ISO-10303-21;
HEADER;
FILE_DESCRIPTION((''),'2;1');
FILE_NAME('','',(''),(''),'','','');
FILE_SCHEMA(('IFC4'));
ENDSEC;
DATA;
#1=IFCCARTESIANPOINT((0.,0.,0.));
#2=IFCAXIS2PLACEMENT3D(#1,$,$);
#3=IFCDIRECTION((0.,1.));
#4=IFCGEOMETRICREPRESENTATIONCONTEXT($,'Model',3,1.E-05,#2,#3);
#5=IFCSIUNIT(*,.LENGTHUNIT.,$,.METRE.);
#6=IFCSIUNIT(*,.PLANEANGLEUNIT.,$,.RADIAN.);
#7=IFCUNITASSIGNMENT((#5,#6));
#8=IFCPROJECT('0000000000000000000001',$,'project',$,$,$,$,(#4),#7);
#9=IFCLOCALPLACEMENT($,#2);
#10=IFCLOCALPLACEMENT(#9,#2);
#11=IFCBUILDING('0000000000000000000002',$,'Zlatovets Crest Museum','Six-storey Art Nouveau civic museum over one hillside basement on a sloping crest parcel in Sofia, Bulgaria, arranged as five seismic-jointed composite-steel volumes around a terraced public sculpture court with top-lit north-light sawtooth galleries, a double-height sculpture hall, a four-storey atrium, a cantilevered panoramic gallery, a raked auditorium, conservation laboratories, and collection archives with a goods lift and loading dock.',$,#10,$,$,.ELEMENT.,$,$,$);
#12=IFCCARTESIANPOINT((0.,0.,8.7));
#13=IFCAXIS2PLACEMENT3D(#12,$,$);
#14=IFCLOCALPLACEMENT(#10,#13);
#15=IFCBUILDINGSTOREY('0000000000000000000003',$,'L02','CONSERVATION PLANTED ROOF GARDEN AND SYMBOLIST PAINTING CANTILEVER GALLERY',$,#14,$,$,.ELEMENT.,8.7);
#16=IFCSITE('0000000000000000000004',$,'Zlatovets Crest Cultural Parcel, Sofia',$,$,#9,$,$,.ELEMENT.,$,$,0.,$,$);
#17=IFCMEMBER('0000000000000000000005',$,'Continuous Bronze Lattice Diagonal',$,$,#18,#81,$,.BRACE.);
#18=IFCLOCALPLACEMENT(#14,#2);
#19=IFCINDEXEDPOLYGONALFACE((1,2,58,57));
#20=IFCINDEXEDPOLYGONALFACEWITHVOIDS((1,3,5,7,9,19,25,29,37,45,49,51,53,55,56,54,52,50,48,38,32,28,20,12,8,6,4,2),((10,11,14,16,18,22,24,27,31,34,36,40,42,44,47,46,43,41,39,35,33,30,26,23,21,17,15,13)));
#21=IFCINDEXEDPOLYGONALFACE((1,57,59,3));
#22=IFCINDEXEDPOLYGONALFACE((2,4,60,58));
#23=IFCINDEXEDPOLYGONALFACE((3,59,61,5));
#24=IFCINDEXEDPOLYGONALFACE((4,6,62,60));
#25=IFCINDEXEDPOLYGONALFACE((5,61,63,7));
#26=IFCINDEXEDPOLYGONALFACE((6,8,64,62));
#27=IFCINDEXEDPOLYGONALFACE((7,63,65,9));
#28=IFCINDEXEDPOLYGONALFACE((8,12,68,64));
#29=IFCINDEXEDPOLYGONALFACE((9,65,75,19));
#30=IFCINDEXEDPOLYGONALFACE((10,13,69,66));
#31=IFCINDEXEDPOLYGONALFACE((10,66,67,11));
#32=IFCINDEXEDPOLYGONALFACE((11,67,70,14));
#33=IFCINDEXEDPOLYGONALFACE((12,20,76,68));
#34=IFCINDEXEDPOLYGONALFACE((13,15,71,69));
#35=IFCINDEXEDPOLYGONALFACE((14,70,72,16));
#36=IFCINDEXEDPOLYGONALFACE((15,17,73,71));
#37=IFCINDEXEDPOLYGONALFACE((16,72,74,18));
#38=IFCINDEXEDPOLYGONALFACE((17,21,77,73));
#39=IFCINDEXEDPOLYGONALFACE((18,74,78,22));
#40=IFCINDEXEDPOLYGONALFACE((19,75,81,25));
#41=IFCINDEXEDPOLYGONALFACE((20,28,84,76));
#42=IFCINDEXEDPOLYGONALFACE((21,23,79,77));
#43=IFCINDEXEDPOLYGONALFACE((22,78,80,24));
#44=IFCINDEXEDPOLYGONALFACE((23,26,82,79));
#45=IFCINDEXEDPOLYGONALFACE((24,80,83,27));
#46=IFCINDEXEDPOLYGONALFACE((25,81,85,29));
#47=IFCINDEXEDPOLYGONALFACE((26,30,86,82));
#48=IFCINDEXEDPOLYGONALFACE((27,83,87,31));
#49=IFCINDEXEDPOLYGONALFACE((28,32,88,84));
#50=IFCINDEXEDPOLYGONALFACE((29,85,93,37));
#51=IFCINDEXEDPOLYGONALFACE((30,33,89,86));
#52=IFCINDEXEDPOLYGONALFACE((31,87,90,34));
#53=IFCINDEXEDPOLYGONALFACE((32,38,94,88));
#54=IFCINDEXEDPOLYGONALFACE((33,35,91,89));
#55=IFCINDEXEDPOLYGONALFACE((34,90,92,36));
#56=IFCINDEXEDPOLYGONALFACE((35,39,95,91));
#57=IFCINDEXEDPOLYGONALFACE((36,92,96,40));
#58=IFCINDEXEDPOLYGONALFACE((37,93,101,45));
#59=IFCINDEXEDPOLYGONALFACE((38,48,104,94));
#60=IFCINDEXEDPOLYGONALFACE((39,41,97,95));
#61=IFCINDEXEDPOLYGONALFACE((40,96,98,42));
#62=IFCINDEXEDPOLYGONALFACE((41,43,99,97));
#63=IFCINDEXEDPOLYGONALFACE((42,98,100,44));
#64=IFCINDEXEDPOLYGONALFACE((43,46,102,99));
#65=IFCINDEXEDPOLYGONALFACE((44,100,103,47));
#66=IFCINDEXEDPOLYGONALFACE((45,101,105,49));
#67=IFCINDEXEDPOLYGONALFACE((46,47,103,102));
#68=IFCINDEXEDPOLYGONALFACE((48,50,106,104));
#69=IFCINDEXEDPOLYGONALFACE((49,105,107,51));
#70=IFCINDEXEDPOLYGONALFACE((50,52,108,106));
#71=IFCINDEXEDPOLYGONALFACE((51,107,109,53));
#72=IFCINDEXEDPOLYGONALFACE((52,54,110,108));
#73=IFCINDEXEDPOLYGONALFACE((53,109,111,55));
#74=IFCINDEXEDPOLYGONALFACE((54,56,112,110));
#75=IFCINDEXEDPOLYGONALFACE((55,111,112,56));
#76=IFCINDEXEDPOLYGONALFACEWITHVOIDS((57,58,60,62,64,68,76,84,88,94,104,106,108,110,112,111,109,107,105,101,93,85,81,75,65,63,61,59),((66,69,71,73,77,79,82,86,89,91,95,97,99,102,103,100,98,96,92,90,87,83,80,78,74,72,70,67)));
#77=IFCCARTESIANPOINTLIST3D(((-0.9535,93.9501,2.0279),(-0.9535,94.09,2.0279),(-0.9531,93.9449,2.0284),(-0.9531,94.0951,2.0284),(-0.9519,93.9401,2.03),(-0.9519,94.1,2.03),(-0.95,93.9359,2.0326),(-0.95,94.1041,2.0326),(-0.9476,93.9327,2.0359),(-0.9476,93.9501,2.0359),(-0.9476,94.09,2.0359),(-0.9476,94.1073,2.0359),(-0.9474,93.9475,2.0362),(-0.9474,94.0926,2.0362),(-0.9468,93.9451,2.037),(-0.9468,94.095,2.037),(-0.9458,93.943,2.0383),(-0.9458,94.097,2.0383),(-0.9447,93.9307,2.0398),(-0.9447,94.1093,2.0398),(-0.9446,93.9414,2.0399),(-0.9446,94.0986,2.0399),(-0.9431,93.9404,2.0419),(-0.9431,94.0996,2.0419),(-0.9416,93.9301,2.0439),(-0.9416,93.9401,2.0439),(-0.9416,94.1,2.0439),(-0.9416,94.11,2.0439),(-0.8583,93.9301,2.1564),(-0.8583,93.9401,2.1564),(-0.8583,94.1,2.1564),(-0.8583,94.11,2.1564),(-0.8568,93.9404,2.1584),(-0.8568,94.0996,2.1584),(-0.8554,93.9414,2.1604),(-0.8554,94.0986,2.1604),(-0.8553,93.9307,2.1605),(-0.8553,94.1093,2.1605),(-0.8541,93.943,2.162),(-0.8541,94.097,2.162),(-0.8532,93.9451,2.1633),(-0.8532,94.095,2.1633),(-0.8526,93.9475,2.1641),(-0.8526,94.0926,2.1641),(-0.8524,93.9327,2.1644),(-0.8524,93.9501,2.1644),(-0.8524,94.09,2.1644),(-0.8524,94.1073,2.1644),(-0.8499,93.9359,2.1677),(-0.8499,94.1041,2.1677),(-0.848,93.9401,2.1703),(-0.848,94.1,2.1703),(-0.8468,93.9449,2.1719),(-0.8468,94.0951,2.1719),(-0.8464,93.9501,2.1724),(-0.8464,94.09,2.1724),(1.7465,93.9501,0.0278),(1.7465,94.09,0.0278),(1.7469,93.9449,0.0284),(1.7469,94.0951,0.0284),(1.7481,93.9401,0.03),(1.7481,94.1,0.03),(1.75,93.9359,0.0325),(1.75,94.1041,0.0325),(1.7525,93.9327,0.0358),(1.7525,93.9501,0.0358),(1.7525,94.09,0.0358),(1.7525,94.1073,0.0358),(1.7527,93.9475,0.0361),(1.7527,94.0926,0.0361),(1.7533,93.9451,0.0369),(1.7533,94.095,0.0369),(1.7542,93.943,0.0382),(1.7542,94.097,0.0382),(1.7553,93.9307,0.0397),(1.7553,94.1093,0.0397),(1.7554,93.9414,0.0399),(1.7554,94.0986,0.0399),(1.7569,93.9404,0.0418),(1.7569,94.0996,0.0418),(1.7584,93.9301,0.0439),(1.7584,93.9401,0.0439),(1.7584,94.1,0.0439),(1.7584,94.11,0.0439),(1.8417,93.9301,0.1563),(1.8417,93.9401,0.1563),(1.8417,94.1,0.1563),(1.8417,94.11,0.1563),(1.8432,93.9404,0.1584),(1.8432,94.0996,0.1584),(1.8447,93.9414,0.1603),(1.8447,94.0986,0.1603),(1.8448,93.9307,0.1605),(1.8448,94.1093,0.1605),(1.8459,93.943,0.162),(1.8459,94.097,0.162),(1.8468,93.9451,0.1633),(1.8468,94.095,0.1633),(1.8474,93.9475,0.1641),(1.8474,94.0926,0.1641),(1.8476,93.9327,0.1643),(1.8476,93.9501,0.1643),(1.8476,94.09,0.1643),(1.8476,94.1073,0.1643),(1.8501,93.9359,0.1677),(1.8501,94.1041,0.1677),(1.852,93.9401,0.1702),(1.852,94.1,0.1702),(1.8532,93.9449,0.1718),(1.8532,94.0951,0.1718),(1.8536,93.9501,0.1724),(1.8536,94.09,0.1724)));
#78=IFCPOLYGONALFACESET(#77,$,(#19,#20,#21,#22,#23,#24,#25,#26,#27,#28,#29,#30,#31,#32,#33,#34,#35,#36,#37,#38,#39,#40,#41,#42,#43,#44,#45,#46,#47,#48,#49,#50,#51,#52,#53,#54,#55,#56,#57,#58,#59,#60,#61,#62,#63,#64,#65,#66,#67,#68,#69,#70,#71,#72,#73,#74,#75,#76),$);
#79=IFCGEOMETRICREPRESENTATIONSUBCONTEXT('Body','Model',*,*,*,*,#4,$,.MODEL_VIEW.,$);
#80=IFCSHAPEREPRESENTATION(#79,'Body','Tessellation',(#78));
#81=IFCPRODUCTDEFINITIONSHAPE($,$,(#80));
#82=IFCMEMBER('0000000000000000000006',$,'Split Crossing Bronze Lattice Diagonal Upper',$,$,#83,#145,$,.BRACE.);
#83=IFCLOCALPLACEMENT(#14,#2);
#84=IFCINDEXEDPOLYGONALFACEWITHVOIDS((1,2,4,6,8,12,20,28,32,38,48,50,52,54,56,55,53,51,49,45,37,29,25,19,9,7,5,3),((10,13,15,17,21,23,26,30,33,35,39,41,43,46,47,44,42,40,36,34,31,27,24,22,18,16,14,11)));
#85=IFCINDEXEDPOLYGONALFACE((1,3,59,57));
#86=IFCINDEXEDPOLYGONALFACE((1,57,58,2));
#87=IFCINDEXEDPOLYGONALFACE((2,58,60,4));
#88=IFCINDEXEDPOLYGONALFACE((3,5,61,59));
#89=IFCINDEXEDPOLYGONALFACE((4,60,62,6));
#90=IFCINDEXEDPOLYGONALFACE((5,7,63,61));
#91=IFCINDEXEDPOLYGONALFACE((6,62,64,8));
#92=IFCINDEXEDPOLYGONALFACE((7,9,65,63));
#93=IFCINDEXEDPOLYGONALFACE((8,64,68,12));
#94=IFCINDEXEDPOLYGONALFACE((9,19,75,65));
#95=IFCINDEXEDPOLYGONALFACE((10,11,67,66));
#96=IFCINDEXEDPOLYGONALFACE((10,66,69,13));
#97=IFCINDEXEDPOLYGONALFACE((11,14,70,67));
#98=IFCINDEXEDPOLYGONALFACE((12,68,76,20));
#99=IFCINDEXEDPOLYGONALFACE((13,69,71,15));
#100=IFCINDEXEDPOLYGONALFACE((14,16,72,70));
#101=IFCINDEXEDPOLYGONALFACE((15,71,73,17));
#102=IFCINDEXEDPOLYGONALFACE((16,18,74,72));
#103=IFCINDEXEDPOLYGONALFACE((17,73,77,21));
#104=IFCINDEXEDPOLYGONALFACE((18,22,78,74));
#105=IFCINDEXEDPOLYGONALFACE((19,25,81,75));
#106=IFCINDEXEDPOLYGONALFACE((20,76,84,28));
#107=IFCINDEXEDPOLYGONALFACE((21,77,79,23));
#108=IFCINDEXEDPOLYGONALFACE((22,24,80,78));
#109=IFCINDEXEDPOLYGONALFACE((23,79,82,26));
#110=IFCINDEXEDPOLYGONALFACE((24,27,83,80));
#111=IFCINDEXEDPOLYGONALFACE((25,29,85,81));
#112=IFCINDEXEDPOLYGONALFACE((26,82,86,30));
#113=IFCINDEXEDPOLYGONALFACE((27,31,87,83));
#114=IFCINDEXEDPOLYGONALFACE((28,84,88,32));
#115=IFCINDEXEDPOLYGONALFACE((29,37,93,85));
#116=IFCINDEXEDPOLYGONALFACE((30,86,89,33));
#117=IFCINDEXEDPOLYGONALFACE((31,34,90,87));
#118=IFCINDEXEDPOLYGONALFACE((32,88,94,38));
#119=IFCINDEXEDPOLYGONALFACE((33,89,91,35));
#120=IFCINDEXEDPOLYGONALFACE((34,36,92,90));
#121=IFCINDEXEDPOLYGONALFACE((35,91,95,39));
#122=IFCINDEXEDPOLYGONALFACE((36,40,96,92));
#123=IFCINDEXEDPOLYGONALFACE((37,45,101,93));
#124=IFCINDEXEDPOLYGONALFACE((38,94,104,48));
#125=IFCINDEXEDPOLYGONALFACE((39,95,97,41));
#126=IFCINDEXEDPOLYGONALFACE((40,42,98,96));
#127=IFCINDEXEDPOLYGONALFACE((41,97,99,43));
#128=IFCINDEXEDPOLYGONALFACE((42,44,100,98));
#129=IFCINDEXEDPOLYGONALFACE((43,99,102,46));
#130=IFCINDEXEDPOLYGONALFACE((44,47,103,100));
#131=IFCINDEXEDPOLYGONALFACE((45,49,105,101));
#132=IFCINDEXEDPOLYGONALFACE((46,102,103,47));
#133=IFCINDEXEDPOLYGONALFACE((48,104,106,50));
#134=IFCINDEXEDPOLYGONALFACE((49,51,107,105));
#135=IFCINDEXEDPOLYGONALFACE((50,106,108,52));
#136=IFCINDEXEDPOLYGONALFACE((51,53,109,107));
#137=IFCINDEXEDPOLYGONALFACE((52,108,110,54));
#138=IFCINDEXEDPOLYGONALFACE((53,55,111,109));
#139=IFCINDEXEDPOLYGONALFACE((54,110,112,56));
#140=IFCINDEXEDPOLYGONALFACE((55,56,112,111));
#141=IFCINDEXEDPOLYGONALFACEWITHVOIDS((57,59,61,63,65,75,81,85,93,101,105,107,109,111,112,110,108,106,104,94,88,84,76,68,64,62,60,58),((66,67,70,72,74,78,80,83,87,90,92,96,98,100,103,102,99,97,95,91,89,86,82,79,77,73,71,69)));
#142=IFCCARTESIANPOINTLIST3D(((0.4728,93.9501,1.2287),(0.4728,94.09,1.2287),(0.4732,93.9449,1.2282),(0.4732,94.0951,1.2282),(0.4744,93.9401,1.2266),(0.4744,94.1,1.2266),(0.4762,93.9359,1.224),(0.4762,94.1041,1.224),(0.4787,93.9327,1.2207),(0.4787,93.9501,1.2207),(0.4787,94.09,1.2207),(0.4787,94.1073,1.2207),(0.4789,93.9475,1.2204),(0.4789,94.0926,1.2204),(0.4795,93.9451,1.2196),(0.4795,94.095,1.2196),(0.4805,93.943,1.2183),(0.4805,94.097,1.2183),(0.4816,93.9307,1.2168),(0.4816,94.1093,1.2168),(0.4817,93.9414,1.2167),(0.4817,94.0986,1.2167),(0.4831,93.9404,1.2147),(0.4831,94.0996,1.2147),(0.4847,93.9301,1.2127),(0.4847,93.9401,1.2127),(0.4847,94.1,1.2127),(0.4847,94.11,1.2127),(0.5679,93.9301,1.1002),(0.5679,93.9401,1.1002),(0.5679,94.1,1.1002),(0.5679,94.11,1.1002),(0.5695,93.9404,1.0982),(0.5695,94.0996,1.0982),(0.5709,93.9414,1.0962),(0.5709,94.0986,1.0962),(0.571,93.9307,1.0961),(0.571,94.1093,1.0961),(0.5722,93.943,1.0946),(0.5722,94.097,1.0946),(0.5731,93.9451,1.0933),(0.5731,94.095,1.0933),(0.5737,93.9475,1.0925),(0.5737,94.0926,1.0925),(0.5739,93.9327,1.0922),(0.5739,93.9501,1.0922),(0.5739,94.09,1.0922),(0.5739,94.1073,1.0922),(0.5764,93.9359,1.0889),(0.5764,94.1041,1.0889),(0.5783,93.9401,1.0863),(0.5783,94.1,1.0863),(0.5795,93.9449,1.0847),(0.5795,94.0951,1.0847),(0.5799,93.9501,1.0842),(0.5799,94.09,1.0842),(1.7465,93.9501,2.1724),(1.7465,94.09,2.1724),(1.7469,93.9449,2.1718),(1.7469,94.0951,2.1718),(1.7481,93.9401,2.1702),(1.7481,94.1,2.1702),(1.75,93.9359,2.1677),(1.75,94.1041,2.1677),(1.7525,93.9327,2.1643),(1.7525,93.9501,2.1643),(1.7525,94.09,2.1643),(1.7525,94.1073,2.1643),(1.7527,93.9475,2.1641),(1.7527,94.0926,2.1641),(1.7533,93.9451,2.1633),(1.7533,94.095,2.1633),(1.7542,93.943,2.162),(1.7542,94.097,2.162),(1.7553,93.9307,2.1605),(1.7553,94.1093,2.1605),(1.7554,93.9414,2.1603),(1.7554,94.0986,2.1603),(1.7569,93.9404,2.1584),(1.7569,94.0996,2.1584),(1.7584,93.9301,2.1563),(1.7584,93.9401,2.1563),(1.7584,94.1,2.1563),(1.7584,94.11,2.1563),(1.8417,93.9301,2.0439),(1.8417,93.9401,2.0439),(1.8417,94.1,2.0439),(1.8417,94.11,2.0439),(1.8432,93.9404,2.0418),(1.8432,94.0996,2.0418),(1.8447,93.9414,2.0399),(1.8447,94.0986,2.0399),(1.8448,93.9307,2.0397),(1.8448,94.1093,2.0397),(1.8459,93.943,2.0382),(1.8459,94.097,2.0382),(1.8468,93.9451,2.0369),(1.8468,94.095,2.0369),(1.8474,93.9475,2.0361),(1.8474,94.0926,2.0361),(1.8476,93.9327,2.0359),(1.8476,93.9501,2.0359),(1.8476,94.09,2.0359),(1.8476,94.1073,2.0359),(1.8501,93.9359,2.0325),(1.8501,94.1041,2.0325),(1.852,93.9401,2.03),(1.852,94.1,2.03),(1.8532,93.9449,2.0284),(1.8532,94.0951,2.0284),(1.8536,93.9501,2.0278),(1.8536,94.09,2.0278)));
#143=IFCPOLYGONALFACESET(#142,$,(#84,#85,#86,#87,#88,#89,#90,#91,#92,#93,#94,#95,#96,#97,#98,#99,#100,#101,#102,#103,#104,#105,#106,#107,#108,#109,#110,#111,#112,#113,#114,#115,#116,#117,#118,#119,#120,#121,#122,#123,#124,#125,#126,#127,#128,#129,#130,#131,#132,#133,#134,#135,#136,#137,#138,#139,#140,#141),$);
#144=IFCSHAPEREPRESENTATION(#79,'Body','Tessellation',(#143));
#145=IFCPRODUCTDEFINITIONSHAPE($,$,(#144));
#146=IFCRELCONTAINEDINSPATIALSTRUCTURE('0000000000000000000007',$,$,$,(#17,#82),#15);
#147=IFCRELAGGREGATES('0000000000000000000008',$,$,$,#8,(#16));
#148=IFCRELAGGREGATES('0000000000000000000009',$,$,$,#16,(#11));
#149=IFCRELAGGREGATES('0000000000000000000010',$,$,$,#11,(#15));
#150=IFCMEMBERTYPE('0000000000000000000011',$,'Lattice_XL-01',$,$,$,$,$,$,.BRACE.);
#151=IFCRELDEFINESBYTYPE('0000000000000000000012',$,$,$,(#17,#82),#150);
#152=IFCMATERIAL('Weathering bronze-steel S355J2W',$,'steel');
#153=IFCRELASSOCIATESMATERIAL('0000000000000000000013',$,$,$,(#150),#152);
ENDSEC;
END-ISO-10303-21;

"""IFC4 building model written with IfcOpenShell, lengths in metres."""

from ifc_helpers import new_model, si_unit, direction, frame, origin, origin_2d, place, context, subcontext, project, spatial, hollow_rectangle, extrude, material, material_profile, profile_set, type_object, element, save


model = new_model("IFC4")

# Units and contexts
model_context = context("Model", 3, precision=1e-05, world=origin(), true_north=direction((0.0, 1.0)))
body_context = subcontext(model_context, "Body", "Model", "MODEL_VIEW")
ifc_project = project(units=[si_unit("LENGTHUNIT", "METRE"), si_unit("PLANEANGLEUNIT", "RADIAN")], contexts=[model_context])

# Site, building, storey
site_placement = place(None, origin())
site = spatial("IfcSite", under=ifc_project, at=site_placement, Name="Zlatovets Crest Cultural Parcel, Sofia", CompositionType="ELEMENT", RefElevation=0.0)
building_placement = place(site_placement, origin())
building = spatial("IfcBuilding", under=site, at=building_placement, Name="Zlatovets Crest Museum", Description="Six-storey Art Nouveau civic museum over one hillside basement on a sloping crest parcel in Sofia, Bulgaria, arranged as five seismic-jointed composite-steel volumes around a terraced public sculpture court with top-lit north-light sawtooth galleries, a double-height sculpture hall, a four-storey atrium, a cantilevered panoramic gallery, a raked auditorium, conservation laboratories, and collection archives with a goods lift and loading dock.", CompositionType="ELEMENT")
storey_placement = place(building_placement, frame((0.0, 0.0, 8.7)))
storey = spatial("IfcBuildingStorey", under=building, at=storey_placement, Name="L02", Description="CONSERVATION PLANTED ROOF GARDEN AND SYMBOLIST PAINTING CANTILEVER GALLERY", CompositionType="ELEMENT", Elevation=8.7)

# Members
ifc_material_1 = material(Name="Weathering bronze-steel S355J2W", Category="steel")
ifc_material_profile_1 = material_profile(ifc_material_1, hollow_rectangle(XDim=0.1799, YDim=0.1799, WallThickness=0.01, InnerFilletRadius=0.01, OuterFilletRadius=0.02, at=origin_2d()), Name="SHS 180x180x10.0")
ifc_profile_set_1 = profile_set([ifc_material_profile_1], Name="Weathering bronze-steel S355J2W")
member_type_1 = type_object("IfcMemberType", Name="Lattice_XL-01", PredefinedType="BRACE", material=ifc_profile_set_1)
member_1_placement = place(storey_placement, frame((1.8, 94.02, 0.1001), z_axis=(-0.803552, 0.0, 0.595235), x_axis=(0.0, -1.0, 0.0)))
element("IfcMember", 1, at=member_1_placement, inside=storey, type_object=member_type_1, Name="Continuous Bronze Lattice Diagonal", PredefinedType="BRACE", context=body_context, shape_type="SweptSolid", body=[
    extrude(hollow_rectangle(XDim=0.1799, YDim=0.1799, WallThickness=0.01, InnerFilletRadius=0.01, OuterFilletRadius=0.02, at=origin_2d()), origin(), (0.0, 0.0, 1.0), 3.3601),
])
member_2_placement = place(storey_placement, frame((1.8, 94.02, 2.1001), z_axis=(-0.803516, 0.0, -0.595283), x_axis=(0.0, -1.0, 0.0)))
element("IfcMember", 2, at=member_2_placement, inside=storey, type_object=member_type_1, Name="Split Crossing Bronze Lattice Diagonal Upper", PredefinedType="BRACE", context=body_context, shape_type="SweptSolid", body=[
    extrude(hollow_rectangle(XDim=0.1799, YDim=0.1799, WallThickness=0.01, InnerFilletRadius=0.01, OuterFilletRadius=0.02, at=origin_2d()), origin(), (0.0, 0.0, 1.0), 1.5852),
])

save(model, "model.ifc")
